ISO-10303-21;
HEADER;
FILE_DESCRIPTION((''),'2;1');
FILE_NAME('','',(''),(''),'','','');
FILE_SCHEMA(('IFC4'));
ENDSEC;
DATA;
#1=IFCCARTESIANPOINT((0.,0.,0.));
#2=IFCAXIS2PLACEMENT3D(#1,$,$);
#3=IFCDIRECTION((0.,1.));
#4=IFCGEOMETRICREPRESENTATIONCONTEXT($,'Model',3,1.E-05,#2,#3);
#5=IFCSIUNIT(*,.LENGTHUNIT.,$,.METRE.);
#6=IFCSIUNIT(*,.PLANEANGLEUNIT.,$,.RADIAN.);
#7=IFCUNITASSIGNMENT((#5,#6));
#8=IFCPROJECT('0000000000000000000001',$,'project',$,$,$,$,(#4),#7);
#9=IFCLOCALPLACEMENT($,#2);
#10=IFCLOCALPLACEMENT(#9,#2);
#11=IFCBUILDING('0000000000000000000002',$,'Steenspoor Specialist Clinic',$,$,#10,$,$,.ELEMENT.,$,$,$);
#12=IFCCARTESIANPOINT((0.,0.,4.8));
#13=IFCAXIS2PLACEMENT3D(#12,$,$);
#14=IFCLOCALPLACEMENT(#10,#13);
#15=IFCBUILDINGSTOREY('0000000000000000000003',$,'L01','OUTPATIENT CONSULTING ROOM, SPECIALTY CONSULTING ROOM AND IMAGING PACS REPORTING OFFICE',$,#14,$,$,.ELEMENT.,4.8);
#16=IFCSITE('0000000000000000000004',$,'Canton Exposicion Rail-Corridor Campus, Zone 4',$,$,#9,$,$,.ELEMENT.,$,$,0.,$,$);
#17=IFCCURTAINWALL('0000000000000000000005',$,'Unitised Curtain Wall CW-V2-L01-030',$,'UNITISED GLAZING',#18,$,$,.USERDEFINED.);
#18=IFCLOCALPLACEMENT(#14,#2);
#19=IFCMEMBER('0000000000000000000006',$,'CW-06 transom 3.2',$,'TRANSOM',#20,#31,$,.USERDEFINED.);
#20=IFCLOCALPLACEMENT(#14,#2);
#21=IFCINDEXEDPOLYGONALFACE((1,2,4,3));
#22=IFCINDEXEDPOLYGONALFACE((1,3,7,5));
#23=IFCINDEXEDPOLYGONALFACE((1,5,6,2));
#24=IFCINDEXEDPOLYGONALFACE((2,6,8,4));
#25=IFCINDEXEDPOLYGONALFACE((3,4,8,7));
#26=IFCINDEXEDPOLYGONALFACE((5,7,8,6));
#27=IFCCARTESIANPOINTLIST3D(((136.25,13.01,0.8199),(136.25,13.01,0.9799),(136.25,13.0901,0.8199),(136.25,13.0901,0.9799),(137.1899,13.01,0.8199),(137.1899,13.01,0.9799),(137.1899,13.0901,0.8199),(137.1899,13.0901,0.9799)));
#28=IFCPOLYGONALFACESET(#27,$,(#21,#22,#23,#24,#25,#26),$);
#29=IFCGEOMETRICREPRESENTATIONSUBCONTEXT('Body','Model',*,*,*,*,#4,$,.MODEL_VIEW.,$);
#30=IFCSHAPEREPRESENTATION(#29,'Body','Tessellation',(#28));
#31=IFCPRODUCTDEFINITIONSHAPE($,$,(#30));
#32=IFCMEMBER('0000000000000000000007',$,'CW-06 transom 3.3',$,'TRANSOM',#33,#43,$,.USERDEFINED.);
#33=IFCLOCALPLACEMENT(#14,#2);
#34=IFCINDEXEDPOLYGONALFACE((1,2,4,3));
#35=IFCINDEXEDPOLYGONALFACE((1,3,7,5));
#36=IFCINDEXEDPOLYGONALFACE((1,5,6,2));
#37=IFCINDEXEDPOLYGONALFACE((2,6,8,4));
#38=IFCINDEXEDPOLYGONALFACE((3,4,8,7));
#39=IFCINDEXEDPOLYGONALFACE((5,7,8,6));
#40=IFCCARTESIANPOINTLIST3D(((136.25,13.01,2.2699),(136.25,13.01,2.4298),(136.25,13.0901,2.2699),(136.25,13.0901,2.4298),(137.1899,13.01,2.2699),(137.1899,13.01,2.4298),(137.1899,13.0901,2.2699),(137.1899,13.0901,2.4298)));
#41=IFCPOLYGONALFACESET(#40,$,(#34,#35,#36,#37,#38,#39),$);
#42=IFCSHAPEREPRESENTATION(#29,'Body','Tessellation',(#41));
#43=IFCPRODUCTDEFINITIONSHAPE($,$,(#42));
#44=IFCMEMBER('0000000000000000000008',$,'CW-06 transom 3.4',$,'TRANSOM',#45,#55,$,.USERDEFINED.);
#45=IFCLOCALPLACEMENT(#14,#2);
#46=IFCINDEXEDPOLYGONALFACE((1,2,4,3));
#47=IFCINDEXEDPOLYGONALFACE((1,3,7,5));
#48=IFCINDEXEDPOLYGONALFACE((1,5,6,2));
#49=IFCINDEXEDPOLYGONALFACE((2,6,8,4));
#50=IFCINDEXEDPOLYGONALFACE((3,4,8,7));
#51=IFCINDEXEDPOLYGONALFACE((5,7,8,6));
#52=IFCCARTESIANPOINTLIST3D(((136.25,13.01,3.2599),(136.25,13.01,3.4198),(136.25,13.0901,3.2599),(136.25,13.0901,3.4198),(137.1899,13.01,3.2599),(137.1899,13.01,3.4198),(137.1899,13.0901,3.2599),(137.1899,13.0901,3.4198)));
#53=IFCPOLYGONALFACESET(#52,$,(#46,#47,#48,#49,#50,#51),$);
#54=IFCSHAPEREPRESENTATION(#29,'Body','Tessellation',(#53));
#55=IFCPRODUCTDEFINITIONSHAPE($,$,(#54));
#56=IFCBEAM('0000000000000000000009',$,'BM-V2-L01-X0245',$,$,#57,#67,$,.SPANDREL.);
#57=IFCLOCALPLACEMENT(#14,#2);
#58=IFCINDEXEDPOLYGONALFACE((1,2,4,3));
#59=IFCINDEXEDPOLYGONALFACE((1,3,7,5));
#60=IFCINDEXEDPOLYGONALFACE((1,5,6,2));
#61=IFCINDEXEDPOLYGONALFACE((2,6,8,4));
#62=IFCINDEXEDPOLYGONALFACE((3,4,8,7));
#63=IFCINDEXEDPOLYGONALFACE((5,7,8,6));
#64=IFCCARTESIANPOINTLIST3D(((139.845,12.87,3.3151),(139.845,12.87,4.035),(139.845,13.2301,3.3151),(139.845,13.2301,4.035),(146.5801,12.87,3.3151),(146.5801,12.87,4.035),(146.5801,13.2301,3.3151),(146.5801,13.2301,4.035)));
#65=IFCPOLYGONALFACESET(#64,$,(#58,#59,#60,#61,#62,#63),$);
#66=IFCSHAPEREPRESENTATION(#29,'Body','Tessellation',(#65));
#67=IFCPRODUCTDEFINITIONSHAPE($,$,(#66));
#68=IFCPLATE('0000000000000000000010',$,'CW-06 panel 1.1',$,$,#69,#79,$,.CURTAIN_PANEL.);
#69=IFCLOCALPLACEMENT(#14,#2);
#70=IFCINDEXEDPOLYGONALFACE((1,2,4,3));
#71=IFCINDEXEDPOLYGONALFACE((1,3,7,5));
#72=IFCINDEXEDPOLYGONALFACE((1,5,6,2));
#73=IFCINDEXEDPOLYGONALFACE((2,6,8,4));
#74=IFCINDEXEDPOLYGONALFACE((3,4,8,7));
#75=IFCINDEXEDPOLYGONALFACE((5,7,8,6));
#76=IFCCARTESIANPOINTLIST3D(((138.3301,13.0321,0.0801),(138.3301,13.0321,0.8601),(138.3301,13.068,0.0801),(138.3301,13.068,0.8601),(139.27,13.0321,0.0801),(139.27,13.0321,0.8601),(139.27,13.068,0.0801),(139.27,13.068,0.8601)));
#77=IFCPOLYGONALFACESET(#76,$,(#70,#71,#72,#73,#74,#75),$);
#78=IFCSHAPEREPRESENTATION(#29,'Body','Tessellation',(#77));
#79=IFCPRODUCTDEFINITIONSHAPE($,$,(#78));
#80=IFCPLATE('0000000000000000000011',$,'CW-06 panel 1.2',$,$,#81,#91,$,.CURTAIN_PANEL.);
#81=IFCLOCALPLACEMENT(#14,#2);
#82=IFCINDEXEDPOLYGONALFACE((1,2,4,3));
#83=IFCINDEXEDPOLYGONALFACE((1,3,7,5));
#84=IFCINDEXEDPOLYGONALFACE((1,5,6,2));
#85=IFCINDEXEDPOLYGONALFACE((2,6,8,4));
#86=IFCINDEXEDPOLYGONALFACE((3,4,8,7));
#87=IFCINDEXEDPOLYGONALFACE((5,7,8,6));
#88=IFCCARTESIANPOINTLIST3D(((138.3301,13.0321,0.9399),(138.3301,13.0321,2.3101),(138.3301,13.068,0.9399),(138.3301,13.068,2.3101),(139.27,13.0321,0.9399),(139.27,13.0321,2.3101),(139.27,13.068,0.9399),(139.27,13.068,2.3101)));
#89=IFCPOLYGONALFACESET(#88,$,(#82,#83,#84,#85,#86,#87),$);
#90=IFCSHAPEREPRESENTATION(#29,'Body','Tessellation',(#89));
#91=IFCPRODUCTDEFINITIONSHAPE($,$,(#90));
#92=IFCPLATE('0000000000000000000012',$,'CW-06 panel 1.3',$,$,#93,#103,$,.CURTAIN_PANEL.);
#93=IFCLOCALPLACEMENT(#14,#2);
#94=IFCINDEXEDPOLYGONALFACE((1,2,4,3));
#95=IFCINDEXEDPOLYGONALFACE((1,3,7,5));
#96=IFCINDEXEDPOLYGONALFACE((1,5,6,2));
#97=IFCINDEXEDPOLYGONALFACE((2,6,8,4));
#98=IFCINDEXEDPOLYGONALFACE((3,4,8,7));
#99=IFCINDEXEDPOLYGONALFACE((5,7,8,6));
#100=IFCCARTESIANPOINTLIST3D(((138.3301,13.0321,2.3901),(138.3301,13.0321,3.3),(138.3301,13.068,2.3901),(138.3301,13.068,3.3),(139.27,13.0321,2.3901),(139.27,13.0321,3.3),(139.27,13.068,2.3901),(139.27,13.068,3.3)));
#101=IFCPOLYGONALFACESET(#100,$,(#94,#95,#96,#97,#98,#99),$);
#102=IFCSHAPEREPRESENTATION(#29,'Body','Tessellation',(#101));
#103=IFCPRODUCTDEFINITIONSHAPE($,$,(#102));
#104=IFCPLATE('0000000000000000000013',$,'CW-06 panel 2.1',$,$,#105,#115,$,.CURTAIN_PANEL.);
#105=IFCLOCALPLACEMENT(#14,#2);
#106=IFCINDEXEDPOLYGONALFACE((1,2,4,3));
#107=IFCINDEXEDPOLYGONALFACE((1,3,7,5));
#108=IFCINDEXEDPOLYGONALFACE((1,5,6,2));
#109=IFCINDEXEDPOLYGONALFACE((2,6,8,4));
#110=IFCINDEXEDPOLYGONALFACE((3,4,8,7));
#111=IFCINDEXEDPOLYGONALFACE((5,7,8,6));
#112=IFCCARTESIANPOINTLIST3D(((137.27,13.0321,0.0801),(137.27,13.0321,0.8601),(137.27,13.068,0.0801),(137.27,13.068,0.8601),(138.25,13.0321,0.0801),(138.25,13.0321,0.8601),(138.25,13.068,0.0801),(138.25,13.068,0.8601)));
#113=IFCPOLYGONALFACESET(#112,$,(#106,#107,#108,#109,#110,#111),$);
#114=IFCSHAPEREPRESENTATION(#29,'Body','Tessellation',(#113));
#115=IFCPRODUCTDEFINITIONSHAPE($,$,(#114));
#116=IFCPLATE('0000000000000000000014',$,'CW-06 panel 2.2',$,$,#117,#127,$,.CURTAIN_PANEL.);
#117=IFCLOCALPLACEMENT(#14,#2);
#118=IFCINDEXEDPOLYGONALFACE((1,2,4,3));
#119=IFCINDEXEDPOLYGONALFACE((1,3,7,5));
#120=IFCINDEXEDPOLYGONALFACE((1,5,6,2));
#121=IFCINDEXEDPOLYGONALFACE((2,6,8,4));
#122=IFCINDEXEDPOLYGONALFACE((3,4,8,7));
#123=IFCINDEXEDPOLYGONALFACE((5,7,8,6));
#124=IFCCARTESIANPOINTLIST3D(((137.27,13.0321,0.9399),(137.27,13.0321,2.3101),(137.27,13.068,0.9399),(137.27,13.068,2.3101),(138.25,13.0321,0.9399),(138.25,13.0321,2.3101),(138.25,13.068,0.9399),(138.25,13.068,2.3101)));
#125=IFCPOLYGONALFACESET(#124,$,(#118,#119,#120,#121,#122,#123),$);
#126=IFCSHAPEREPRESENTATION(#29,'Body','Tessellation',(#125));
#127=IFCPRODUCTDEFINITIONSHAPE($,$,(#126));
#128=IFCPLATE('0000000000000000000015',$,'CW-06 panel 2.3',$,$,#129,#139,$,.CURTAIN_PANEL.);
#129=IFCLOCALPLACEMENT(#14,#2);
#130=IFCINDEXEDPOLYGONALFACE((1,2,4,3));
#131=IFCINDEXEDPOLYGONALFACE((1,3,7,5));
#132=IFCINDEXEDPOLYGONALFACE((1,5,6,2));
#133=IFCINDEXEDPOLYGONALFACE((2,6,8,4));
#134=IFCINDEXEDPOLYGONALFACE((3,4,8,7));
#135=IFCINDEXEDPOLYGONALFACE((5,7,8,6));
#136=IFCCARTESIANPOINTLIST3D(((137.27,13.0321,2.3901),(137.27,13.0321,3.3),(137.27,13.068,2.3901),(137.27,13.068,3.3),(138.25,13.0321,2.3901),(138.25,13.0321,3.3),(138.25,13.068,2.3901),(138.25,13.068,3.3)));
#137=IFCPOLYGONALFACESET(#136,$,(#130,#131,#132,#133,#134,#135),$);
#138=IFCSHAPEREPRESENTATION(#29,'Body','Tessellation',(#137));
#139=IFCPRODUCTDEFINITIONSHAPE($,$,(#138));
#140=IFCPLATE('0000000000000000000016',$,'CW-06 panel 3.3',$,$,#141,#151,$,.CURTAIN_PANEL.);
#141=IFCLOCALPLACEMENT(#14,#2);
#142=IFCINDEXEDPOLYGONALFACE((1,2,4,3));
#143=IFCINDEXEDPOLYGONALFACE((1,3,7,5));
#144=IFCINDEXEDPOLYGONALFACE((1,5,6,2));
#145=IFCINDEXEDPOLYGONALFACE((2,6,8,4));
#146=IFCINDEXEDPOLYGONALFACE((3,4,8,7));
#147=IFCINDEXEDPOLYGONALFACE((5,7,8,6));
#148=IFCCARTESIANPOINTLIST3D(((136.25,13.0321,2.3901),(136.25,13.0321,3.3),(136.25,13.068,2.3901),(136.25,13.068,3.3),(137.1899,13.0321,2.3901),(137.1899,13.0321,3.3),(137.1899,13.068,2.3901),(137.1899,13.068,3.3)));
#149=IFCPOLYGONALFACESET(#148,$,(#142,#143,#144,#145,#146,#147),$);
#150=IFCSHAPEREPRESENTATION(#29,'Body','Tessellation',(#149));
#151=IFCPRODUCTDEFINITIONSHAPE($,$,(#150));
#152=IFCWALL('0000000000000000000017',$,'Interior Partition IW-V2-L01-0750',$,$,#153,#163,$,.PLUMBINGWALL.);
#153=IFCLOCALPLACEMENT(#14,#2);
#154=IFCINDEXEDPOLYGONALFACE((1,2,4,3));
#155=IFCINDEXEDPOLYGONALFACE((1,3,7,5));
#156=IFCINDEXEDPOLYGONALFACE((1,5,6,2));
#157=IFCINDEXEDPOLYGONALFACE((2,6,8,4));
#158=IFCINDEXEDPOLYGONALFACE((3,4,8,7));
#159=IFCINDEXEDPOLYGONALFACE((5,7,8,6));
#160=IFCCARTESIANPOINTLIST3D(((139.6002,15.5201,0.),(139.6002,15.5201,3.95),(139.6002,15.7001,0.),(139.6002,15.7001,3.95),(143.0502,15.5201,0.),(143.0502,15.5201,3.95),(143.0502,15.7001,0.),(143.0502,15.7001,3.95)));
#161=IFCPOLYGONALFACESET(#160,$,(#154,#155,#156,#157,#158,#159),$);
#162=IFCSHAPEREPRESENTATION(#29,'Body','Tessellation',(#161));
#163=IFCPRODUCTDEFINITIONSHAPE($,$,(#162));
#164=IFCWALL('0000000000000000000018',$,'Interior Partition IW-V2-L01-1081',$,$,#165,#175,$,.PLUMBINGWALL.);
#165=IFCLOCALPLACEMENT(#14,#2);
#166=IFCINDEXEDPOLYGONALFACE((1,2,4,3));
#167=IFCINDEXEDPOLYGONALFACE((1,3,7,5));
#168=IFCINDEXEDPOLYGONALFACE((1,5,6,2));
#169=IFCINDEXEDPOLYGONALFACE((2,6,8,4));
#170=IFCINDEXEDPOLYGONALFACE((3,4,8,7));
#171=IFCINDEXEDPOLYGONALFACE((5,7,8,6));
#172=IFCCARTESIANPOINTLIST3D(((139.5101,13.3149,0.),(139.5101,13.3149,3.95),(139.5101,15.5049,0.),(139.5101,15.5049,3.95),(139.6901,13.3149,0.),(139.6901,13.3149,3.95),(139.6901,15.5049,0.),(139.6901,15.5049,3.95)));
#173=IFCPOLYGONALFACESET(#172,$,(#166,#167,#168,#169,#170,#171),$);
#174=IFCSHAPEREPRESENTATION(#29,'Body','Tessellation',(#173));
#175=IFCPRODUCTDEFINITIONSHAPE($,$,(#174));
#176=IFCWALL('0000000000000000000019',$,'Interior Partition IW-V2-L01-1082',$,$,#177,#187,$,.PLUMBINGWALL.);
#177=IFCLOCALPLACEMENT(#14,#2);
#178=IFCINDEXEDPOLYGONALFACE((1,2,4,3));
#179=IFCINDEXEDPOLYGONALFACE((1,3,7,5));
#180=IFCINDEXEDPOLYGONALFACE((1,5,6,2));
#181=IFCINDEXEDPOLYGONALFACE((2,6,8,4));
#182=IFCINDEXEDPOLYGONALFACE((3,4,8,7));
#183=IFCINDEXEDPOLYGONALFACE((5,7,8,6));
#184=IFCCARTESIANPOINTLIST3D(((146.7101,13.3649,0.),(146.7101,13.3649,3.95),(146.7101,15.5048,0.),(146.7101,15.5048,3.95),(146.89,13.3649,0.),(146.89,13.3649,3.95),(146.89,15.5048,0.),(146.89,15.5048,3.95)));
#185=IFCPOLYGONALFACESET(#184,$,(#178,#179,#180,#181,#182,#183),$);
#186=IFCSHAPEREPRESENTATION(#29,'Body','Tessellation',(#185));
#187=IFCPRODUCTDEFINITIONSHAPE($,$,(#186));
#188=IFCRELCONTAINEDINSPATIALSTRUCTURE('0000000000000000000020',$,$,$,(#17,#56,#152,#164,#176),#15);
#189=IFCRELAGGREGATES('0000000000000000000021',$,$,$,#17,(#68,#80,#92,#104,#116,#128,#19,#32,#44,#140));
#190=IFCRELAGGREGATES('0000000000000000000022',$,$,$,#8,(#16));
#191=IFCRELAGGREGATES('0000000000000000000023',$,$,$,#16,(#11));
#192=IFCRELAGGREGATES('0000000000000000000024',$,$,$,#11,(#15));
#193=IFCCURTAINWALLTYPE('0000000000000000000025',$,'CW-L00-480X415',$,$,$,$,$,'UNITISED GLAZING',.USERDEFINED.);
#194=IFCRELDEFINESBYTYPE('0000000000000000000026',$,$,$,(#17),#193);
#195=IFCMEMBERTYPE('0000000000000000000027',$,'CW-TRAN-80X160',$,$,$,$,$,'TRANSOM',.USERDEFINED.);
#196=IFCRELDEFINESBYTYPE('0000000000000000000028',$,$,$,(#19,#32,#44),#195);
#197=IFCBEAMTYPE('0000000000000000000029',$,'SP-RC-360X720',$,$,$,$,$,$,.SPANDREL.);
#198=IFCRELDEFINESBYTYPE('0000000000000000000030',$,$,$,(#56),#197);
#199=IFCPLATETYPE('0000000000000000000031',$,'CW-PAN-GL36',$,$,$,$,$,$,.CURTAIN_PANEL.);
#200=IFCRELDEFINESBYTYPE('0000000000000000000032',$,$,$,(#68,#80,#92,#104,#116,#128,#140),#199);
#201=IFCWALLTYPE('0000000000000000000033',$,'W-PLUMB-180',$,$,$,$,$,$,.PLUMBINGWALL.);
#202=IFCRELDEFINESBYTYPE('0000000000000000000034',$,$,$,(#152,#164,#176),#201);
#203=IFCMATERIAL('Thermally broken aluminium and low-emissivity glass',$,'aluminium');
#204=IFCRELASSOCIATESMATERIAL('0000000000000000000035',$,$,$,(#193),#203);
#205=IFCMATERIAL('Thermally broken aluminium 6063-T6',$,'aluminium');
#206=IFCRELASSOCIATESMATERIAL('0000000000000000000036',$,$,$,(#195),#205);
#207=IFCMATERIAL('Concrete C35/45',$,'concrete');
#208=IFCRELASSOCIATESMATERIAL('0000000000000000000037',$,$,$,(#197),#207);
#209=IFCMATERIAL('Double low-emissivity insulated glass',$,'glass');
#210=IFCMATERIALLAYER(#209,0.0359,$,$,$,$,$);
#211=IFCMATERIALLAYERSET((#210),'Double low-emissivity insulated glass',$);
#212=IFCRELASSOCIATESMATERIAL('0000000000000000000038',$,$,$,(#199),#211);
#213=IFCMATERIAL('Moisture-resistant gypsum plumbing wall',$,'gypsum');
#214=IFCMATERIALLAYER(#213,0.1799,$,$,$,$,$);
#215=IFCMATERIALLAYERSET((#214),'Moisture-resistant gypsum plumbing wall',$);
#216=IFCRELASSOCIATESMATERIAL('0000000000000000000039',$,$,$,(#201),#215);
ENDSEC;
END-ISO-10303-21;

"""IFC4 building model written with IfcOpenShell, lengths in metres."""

from ifc_helpers import new_model, si_unit, direction, frame, frame_2d, origin, origin_2d, place, context, subcontext, project, spatial, rectangle, extrude, material, layer, layer_set, material_profile, profile_set, type_object, element, aggregate, save


model = new_model("IFC4")

# Units and contexts
model_context = context("Model", 3, precision=1e-05, world=origin(), true_north=direction((0.0, 1.0)))
body_context = subcontext(model_context, "Body", "Model", "MODEL_VIEW")
ifc_project = project(units=[si_unit("LENGTHUNIT", "METRE"), si_unit("PLANEANGLEUNIT", "RADIAN")], contexts=[model_context])

# Site, building, storey
site_placement = place(None, origin())
site = spatial("IfcSite", under=ifc_project, at=site_placement, Name="Canton Exposicion Rail-Corridor Campus, Zone 4", CompositionType="ELEMENT", RefElevation=0.0)
building_placement = place(site_placement, origin())
building = spatial("IfcBuilding", under=site, at=building_placement, Name="Steenspoor Specialist Clinic", CompositionType="ELEMENT")
storey_placement = place(building_placement, frame((0.0, 0.0, 4.8)))
storey = spatial("IfcBuildingStorey", under=building, at=storey_placement, Name="L01", Description="OUTPATIENT CONSULTING ROOM, SPECIALTY CONSULTING ROOM AND IMAGING PACS REPORTING OFFICE", CompositionType="ELEMENT", Elevation=4.8)

# Curtain wall, members
ifc_material_1 = material(Name="Thermally broken aluminium and low-emissivity glass", Category="aluminium")
curtain_wall_type = type_object("IfcCurtainWallType", Name="CW-L00-480X415", ElementType="UNITISED GLAZING", PredefinedType="USERDEFINED", material=ifc_material_1)
curtain_wall_placement = place(storey_placement, origin())
curtain_wall = element("IfcCurtainWall", 1, at=curtain_wall_placement, inside=storey, type_object=curtain_wall_type, Name="Unitised Curtain Wall CW-V2-L01-030", ObjectType="UNITISED GLAZING", PredefinedType="USERDEFINED")
ifc_material_2 = material(Name="Thermally broken aluminium 6063-T6", Category="aluminium")
ifc_material_profile_1 = material_profile(ifc_material_2, rectangle(XDim=0.0801, YDim=0.1599, at=origin_2d()), Name="CWT-80X160")
ifc_profile_set_1 = profile_set([ifc_material_profile_1], Name="Thermally broken aluminium 6063-T6")
member_type_1 = type_object("IfcMemberType", Name="CW-TRAN-80X160", ElementType="TRANSOM", PredefinedType="USERDEFINED", material=ifc_profile_set_1)
member_1_placement = place(storey_placement, frame((137.1899, 13.05, 0.8999), z_axis=(-1.0, 0.0, 0.0), x_axis=(0.0, -1.0, 0.0)))
member_1 = element("IfcMember", 2, at=member_1_placement, type_object=member_type_1, Name="CW-06 transom 3.2", ObjectType="TRANSOM", PredefinedType="USERDEFINED", context=body_context, shape_type="SweptSolid", body=[
    extrude(rectangle(XDim=0.0801, YDim=0.1599, at=origin_2d()), origin(), (0.0, 0.0, 1.0), 0.9399),
])
member_2_placement = place(storey_placement, frame((137.1899, 13.05, 2.3499), z_axis=(-1.0, 0.0, 0.0), x_axis=(0.0, -1.0, 0.0)))
member_2 = element("IfcMember", 3, at=member_2_placement, type_object=member_type_1, Name="CW-06 transom 3.3", ObjectType="TRANSOM", PredefinedType="USERDEFINED", context=body_context, shape_type="SweptSolid", body=[
    extrude(rectangle(XDim=0.0801, YDim=0.1599, at=origin_2d()), origin(), (0.0, 0.0, 1.0), 0.9399),
])
member_3_placement = place(storey_placement, frame((137.1899, 13.05, 3.3398), z_axis=(-1.0, 0.0, 0.0), x_axis=(0.0, -1.0, 0.0)))
member_3 = element("IfcMember", 4, at=member_3_placement, type_object=member_type_1, Name="CW-06 transom 3.4", ObjectType="TRANSOM", PredefinedType="USERDEFINED", context=body_context, shape_type="SweptSolid", body=[
    extrude(rectangle(XDim=0.0801, YDim=0.1599, at=origin_2d()), origin(), (0.0, 0.0, 1.0), 0.9399),
])

# Beam
ifc_material_3 = material(Name="Concrete C35/45", Category="concrete")
ifc_material_profile_2 = material_profile(ifc_material_3, rectangle(XDim=0.3601, YDim=0.72, at=origin_2d()), Name="RC-SP-360X720")
ifc_profile_set_2 = profile_set([ifc_material_profile_2], Name="Concrete C35/45")
beam_type = type_object("IfcBeamType", Name="SP-RC-360X720", PredefinedType="SPANDREL", material=ifc_profile_set_2)
beam_placement = place(storey_placement, frame((139.845, 13.05, 3.675), z_axis=(1.0, 0.0, 0.0), x_axis=(0.0, 1.0, 0.0)))
element("IfcBeam", 5, at=beam_placement, inside=storey, type_object=beam_type, Name="BM-V2-L01-X0245", PredefinedType="SPANDREL", context=body_context, shape_type="SweptSolid", body=[
    extrude(rectangle(XDim=0.3601, YDim=0.72, at=origin_2d()), origin(), (0.0, 0.0, 1.0), 6.7351),
])

# Plates
ifc_material_4 = material(Name="Double low-emissivity insulated glass", Category="glass")
ifc_layer_1 = layer(ifc_material_4, 0.0359)
ifc_layer_set_1 = layer_set([ifc_layer_1], Name="Double low-emissivity insulated glass")
plate_type = type_object("IfcPlateType", Name="CW-PAN-GL36", PredefinedType="CURTAIN_PANEL", material=ifc_layer_set_1)
plate_1_placement = place(storey_placement, frame((138.8, 13.05, 0.0801), z_axis=(0.0, 0.0, 1.0), x_axis=(-1.0, 0.0, 0.0)))
plate_1 = element("IfcPlate", 6, at=plate_1_placement, type_object=plate_type, Name="CW-06 panel 1.1", PredefinedType="CURTAIN_PANEL", context=body_context, shape_type="SweptSolid", body=[
    extrude(rectangle(XDim=0.9399, YDim=0.0359, at=origin_2d()), origin(), (0.0, 0.0, 1.0), 0.78),
])
plate_2_placement = place(storey_placement, frame((138.8, 13.05, 0.9399), z_axis=(0.0, 0.0, 1.0), x_axis=(-1.0, 0.0, 0.0)))
plate_2 = element("IfcPlate", 7, at=plate_2_placement, type_object=plate_type, Name="CW-06 panel 1.2", PredefinedType="CURTAIN_PANEL", context=body_context, shape_type="SweptSolid", body=[
    extrude(rectangle(XDim=0.9399, YDim=0.0359, at=origin_2d()), origin(), (0.0, 0.0, 1.0), 1.3701),
])
plate_3_placement = place(storey_placement, frame((138.8, 13.05, 2.3901), z_axis=(0.0, 0.0, 1.0), x_axis=(-1.0, 0.0, 0.0)))
plate_3 = element("IfcPlate", 8, at=plate_3_placement, type_object=plate_type, Name="CW-06 panel 1.3", PredefinedType="CURTAIN_PANEL", context=body_context, shape_type="SweptSolid", body=[
    extrude(rectangle(XDim=0.9399, YDim=0.0359, at=origin_2d()), origin(), (0.0, 0.0, 1.0), 0.9099),
])
plate_4_placement = place(storey_placement, frame((137.76, 13.05, 0.0801), z_axis=(0.0, 0.0, 1.0), x_axis=(-1.0, 0.0, 0.0)))
plate_4 = element("IfcPlate", 9, at=plate_4_placement, type_object=plate_type, Name="CW-06 panel 2.1", PredefinedType="CURTAIN_PANEL", context=body_context, shape_type="SweptSolid", body=[
    extrude(rectangle(XDim=0.98, YDim=0.0359, at=origin_2d()), origin(), (0.0, 0.0, 1.0), 0.78),
])
plate_5_placement = place(storey_placement, frame((137.76, 13.05, 0.9399), z_axis=(0.0, 0.0, 1.0), x_axis=(-1.0, 0.0, 0.0)))
plate_5 = element("IfcPlate", 10, at=plate_5_placement, type_object=plate_type, Name="CW-06 panel 2.2", PredefinedType="CURTAIN_PANEL", context=body_context, shape_type="SweptSolid", body=[
    extrude(rectangle(XDim=0.98, YDim=0.0359, at=origin_2d()), origin(), (0.0, 0.0, 1.0), 1.3701),
])
plate_6_placement = place(storey_placement, frame((137.76, 13.05, 2.3901), z_axis=(0.0, 0.0, 1.0), x_axis=(-1.0, 0.0, 0.0)))
plate_6 = element("IfcPlate", 11, at=plate_6_placement, type_object=plate_type, Name="CW-06 panel 2.3", PredefinedType="CURTAIN_PANEL", context=body_context, shape_type="SweptSolid", body=[
    extrude(rectangle(XDim=0.98, YDim=0.0359, at=origin_2d()), origin(), (0.0, 0.0, 1.0), 0.9099),
])
plate_7_placement = place(storey_placement, frame((136.72, 13.05, 2.3901), z_axis=(0.0, 0.0, 1.0), x_axis=(-1.0, 0.0, 0.0)))
plate_7 = element("IfcPlate", 12, at=plate_7_placement, type_object=plate_type, Name="CW-06 panel 3.3", PredefinedType="CURTAIN_PANEL", context=body_context, shape_type="SweptSolid", body=[
    extrude(rectangle(XDim=0.9399, YDim=0.0359, at=origin_2d()), origin(), (0.0, 0.0, 1.0), 0.9099),
])
aggregate(curtain_wall, [plate_1, plate_2, plate_3, plate_4, plate_5, plate_6, member_1, member_2, member_3, plate_7])

# Walls
ifc_material_5 = material(Name="Moisture-resistant gypsum plumbing wall", Category="gypsum")
ifc_layer_2 = layer(ifc_material_5, 0.1799)
ifc_layer_set_2 = layer_set([ifc_layer_2], Name="Moisture-resistant gypsum plumbing wall")
wall_type_1 = type_object("IfcWallType", Name="W-PLUMB-180", PredefinedType="PLUMBINGWALL", material=ifc_layer_set_2)
wall_1_placement = place(storey_placement, frame((139.6001, 15.6101, 0.0), z_axis=(0.0, 0.0, 1.0), x_axis=(1.0, 0.0, 0.0)))
element("IfcWall", 13, at=wall_1_placement, inside=storey, type_object=wall_type_1, Name="Interior Partition IW-V2-L01-0750", PredefinedType="PLUMBINGWALL", context=body_context, shape_type="SweptSolid", body=[
    extrude(rectangle(XDim=3.45, YDim=0.1799, at=frame_2d((1.7251, 0.0))), origin(), (0.0, 0.0, 1.0), 3.95),
])
wall_2_placement = place(storey_placement, frame((139.6001, 13.3149, 0.0), z_axis=(0.0, 0.0, 1.0), x_axis=(0.0, 1.0, 0.0)))
element("IfcWall", 14, at=wall_2_placement, inside=storey, type_object=wall_type_1, Name="Interior Partition IW-V2-L01-1081", PredefinedType="PLUMBINGWALL", context=body_context, shape_type="SweptSolid", body=[
    extrude(rectangle(XDim=2.1899, YDim=0.1799, at=frame_2d((1.095, 0.0))), origin(), (0.0, 0.0, 1.0), 3.95),
])
wall_3_placement = place(storey_placement, frame((146.8, 13.365, 0.0), z_axis=(0.0, 0.0, 1.0), x_axis=(0.0, 1.0, 0.0)))
element("IfcWall", 15, at=wall_3_placement, inside=storey, type_object=wall_type_1, Name="Interior Partition IW-V2-L01-1082", PredefinedType="PLUMBINGWALL", context=body_context, shape_type="SweptSolid", body=[
    extrude(rectangle(XDim=2.1399, YDim=0.1799, at=frame_2d((1.0698, 0.0))), origin(), (0.0, 0.0, 1.0), 3.95),
])

save(model, "model.ifc")
